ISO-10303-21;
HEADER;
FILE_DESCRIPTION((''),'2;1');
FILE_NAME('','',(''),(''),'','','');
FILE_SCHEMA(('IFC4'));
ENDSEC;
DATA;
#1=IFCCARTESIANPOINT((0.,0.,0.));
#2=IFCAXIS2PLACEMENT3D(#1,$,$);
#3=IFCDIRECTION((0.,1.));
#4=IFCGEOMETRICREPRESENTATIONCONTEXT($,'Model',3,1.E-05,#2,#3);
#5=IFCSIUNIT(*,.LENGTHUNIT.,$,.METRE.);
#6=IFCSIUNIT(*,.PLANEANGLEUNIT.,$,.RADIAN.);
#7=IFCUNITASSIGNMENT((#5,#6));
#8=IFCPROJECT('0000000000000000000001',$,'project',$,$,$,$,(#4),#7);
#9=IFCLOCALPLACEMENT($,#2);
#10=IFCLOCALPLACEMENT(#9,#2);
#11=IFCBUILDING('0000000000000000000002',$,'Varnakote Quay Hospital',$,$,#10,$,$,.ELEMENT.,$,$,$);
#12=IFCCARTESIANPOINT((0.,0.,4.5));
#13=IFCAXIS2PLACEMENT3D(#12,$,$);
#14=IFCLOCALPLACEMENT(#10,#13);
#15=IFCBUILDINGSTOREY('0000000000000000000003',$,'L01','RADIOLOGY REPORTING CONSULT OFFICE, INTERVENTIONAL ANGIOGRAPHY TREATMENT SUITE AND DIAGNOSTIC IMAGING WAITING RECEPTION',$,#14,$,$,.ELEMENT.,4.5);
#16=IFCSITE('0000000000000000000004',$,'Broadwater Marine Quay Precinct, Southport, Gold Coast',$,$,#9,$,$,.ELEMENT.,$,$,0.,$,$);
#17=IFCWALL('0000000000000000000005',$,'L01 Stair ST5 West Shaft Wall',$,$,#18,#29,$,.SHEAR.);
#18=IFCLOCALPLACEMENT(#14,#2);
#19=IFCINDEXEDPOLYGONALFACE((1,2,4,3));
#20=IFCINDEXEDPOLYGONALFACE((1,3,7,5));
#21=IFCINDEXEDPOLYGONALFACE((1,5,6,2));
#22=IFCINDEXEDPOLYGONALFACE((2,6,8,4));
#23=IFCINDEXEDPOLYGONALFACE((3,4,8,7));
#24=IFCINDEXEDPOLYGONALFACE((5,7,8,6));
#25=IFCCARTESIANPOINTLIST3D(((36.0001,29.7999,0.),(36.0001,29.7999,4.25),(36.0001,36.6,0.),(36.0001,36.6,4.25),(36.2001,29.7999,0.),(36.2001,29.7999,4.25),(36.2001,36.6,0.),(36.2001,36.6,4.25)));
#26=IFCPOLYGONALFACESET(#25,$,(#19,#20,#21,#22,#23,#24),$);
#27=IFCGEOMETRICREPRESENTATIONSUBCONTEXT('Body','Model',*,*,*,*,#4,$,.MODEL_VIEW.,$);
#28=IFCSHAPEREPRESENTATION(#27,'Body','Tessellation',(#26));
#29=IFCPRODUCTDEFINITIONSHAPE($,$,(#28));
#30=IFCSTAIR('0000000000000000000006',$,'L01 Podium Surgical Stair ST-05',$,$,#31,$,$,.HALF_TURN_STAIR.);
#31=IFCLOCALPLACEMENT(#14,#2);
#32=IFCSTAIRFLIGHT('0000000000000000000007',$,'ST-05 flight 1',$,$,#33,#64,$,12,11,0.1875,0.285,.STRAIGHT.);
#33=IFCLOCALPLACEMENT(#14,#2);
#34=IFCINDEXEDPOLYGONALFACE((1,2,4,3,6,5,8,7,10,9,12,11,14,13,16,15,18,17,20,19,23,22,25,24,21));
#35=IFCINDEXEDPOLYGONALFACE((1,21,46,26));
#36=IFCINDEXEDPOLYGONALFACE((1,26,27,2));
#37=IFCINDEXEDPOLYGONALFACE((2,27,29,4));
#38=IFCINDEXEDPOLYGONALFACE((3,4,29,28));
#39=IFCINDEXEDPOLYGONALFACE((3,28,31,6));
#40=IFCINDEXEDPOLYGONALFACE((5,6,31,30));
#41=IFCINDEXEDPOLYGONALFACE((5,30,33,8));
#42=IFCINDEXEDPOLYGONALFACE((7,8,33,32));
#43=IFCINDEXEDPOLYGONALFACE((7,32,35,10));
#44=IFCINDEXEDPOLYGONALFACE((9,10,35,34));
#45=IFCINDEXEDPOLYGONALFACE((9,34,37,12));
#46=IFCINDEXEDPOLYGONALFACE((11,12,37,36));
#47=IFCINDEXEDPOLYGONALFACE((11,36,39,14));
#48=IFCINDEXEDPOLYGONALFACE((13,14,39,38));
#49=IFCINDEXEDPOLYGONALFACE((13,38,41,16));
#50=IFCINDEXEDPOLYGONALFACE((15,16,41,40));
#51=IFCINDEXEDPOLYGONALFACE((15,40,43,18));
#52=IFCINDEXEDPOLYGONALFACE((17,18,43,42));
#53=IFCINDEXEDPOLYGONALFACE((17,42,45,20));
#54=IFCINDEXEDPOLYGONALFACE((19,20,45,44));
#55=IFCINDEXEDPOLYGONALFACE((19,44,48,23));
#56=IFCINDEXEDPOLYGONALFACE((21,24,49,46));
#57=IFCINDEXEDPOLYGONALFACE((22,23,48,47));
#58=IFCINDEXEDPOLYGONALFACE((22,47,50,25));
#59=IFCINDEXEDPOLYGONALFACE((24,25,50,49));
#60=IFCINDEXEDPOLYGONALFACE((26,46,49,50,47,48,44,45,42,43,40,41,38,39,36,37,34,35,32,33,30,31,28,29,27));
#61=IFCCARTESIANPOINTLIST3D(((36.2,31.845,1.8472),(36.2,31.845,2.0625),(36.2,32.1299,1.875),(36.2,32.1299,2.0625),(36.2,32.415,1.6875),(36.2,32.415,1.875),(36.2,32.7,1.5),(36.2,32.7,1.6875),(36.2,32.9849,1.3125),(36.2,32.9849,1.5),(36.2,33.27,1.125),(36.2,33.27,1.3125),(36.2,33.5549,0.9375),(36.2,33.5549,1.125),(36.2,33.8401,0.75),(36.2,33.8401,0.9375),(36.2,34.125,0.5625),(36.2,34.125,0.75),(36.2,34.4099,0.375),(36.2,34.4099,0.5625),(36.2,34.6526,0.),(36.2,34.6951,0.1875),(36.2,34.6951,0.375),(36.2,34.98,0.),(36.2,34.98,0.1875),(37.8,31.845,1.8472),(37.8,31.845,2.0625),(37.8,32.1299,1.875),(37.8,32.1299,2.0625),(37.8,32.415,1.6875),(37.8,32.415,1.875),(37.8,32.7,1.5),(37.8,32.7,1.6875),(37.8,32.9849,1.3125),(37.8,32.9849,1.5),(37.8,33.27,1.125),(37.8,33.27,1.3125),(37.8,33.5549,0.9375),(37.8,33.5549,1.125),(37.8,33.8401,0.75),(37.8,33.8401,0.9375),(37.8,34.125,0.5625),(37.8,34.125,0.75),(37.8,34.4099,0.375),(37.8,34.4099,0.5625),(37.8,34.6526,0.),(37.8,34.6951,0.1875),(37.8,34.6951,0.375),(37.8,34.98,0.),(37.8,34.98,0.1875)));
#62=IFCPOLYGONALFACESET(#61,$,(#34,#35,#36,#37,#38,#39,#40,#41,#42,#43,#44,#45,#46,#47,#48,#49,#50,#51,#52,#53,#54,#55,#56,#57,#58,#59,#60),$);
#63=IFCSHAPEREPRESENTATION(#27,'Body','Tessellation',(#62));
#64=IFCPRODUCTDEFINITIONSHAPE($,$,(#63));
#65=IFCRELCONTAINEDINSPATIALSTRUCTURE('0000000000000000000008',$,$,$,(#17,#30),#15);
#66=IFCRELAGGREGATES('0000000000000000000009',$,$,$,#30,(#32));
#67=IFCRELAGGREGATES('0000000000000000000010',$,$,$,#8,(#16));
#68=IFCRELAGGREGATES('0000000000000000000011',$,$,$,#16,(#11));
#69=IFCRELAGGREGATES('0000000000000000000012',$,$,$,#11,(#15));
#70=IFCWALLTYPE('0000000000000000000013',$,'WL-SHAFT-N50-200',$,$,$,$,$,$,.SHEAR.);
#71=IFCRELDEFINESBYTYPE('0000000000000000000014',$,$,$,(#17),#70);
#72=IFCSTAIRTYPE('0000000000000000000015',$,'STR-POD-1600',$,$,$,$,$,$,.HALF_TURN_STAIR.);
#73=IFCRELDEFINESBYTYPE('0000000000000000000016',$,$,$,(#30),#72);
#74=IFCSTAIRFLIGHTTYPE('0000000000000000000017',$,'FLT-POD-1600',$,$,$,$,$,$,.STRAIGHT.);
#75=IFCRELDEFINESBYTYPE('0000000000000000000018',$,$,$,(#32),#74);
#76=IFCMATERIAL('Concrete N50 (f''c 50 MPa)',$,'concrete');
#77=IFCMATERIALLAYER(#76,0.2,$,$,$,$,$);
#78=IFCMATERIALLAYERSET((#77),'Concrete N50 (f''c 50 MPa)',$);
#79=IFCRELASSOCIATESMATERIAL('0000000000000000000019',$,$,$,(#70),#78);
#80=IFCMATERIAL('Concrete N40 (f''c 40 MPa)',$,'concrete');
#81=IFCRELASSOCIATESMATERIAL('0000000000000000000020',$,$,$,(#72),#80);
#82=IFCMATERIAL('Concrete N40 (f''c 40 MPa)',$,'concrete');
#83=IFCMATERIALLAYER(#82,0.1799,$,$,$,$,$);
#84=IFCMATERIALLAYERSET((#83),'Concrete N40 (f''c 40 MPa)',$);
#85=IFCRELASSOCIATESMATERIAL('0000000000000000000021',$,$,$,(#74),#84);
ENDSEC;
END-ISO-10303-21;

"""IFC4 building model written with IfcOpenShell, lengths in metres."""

from ifc_helpers import new_model, si_unit, direction, frame, frame_2d, origin, place, context, subcontext, project, spatial, polyline, rectangle, outline, extrude, material, layer, layer_set, type_object, element, aggregate, save


model = new_model("IFC4")

# Units and contexts
model_context = context("Model", 3, precision=1e-05, world=origin(), true_north=direction((0.0, 1.0)))
body_context = subcontext(model_context, "Body", "Model", "MODEL_VIEW")
ifc_project = project(units=[si_unit("LENGTHUNIT", "METRE"), si_unit("PLANEANGLEUNIT", "RADIAN")], contexts=[model_context])

# Site, building, storey
site_placement = place(None, origin())
site = spatial("IfcSite", under=ifc_project, at=site_placement, Name="Broadwater Marine Quay Precinct, Southport, Gold Coast", CompositionType="ELEMENT", RefElevation=0.0)
building_placement = place(site_placement, origin())
building = spatial("IfcBuilding", under=site, at=building_placement, Name="Varnakote Quay Hospital", CompositionType="ELEMENT")
storey_placement = place(building_placement, frame((0.0, 0.0, 4.5)))
storey = spatial("IfcBuildingStorey", under=building, at=storey_placement, Name="L01", Description="RADIOLOGY REPORTING CONSULT OFFICE, INTERVENTIONAL ANGIOGRAPHY TREATMENT SUITE AND DIAGNOSTIC IMAGING WAITING RECEPTION", CompositionType="ELEMENT", Elevation=4.5)

# Wall
ifc_material_1 = material(Name="Concrete N50 (f'c 50 MPa)", Category="concrete")
ifc_layer_1 = layer(ifc_material_1, 0.2)
ifc_layer_set_1 = layer_set([ifc_layer_1], Name="Concrete N50 (f'c 50 MPa)")
wall_type_1 = type_object("IfcWallType", Name="WL-SHAFT-N50-200", PredefinedType="SHEAR", material=ifc_layer_set_1)
wall_1_placement = place(storey_placement, frame((36.1001, 29.8, 0.0), z_axis=(0.0, 0.0, 1.0), x_axis=(0.0, 1.0, 0.0)))
element("IfcWall", 1, at=wall_1_placement, inside=storey, type_object=wall_type_1, Name="L01 Stair ST5 West Shaft Wall", PredefinedType="SHEAR", context=body_context, shape_type="SweptSolid", body=[
    extrude(rectangle(XDim=6.8, YDim=0.2, at=frame_2d((3.3999, 0.0))), origin(), (0.0, 0.0, 1.0), 4.25),
])

# Stair, stair flight
ifc_material_2 = material(Name="Concrete N40 (f'c 40 MPa)", Category="concrete")
stair_type = type_object("IfcStairType", Name="STR-POD-1600", PredefinedType="HALF_TURN_STAIR", material=ifc_material_2)
stair_placement = place(storey_placement, origin())
stair = element("IfcStair", 2, at=stair_placement, inside=storey, type_object=stair_type, Name="L01 Podium Surgical Stair ST-05", PredefinedType="HALF_TURN_STAIR")
ifc_material_3 = material(Name="Concrete N40 (f'c 40 MPa)", Category="concrete")
ifc_layer_2 = layer(ifc_material_3, 0.1799)
ifc_layer_set_2 = layer_set([ifc_layer_2], Name="Concrete N40 (f'c 40 MPa)")
stair_flight_type = type_object("IfcStairFlightType", Name="FLT-POD-1600", PredefinedType="STRAIGHT", material=ifc_layer_set_2)
stair_flight_placement = place(storey_placement, frame((37.0, 34.98, 0.0), z_axis=(0.0, 0.0, 1.0), x_axis=(0.0, -1.0, 0.0)))
stair_flight = element("IfcStairFlight", 3, at=stair_flight_placement, type_object=stair_flight_type, Name="ST-05 flight 1", NumberOfRisers=12, NumberOfTreads=11, PredefinedType="STRAIGHT", RiserHeight=0.1875, TreadLength=0.285, context=body_context, shape_type="SweptSolid", body=[
    extrude(outline(polyline([(0.0, 0.0), (0.0, 0.1875), (0.2849, 0.1875), (0.2849, 0.375), (0.5701, 0.375), (0.5701, 0.5625), (0.855, 0.5625), (0.855, 0.75), (1.1399, 0.75), (1.1399, 0.9375), (1.425, 0.9375), (1.425, 1.125), (1.71, 1.125), (1.71, 1.3125), (1.9951, 1.3125), (1.9951, 1.5), (2.28, 1.5), (2.28, 1.6875), (2.5649, 1.6875), (2.5649, 1.875), (2.8501, 1.875), (2.8501, 2.0625), (3.135, 2.0625), (3.135, 2.25), (3.135, 1.8472), (0.3274, 0.0), (0.0, 0.0)])), frame((0.0, 0.8, 0.0), z_axis=(0.0, -1.0, 0.0), x_axis=(1.0, 0.0, 0.0)), (0.0, 0.0, 1.0), 1.6001),
])
aggregate(stair, [stair_flight])

save(model, "model.ifc")
